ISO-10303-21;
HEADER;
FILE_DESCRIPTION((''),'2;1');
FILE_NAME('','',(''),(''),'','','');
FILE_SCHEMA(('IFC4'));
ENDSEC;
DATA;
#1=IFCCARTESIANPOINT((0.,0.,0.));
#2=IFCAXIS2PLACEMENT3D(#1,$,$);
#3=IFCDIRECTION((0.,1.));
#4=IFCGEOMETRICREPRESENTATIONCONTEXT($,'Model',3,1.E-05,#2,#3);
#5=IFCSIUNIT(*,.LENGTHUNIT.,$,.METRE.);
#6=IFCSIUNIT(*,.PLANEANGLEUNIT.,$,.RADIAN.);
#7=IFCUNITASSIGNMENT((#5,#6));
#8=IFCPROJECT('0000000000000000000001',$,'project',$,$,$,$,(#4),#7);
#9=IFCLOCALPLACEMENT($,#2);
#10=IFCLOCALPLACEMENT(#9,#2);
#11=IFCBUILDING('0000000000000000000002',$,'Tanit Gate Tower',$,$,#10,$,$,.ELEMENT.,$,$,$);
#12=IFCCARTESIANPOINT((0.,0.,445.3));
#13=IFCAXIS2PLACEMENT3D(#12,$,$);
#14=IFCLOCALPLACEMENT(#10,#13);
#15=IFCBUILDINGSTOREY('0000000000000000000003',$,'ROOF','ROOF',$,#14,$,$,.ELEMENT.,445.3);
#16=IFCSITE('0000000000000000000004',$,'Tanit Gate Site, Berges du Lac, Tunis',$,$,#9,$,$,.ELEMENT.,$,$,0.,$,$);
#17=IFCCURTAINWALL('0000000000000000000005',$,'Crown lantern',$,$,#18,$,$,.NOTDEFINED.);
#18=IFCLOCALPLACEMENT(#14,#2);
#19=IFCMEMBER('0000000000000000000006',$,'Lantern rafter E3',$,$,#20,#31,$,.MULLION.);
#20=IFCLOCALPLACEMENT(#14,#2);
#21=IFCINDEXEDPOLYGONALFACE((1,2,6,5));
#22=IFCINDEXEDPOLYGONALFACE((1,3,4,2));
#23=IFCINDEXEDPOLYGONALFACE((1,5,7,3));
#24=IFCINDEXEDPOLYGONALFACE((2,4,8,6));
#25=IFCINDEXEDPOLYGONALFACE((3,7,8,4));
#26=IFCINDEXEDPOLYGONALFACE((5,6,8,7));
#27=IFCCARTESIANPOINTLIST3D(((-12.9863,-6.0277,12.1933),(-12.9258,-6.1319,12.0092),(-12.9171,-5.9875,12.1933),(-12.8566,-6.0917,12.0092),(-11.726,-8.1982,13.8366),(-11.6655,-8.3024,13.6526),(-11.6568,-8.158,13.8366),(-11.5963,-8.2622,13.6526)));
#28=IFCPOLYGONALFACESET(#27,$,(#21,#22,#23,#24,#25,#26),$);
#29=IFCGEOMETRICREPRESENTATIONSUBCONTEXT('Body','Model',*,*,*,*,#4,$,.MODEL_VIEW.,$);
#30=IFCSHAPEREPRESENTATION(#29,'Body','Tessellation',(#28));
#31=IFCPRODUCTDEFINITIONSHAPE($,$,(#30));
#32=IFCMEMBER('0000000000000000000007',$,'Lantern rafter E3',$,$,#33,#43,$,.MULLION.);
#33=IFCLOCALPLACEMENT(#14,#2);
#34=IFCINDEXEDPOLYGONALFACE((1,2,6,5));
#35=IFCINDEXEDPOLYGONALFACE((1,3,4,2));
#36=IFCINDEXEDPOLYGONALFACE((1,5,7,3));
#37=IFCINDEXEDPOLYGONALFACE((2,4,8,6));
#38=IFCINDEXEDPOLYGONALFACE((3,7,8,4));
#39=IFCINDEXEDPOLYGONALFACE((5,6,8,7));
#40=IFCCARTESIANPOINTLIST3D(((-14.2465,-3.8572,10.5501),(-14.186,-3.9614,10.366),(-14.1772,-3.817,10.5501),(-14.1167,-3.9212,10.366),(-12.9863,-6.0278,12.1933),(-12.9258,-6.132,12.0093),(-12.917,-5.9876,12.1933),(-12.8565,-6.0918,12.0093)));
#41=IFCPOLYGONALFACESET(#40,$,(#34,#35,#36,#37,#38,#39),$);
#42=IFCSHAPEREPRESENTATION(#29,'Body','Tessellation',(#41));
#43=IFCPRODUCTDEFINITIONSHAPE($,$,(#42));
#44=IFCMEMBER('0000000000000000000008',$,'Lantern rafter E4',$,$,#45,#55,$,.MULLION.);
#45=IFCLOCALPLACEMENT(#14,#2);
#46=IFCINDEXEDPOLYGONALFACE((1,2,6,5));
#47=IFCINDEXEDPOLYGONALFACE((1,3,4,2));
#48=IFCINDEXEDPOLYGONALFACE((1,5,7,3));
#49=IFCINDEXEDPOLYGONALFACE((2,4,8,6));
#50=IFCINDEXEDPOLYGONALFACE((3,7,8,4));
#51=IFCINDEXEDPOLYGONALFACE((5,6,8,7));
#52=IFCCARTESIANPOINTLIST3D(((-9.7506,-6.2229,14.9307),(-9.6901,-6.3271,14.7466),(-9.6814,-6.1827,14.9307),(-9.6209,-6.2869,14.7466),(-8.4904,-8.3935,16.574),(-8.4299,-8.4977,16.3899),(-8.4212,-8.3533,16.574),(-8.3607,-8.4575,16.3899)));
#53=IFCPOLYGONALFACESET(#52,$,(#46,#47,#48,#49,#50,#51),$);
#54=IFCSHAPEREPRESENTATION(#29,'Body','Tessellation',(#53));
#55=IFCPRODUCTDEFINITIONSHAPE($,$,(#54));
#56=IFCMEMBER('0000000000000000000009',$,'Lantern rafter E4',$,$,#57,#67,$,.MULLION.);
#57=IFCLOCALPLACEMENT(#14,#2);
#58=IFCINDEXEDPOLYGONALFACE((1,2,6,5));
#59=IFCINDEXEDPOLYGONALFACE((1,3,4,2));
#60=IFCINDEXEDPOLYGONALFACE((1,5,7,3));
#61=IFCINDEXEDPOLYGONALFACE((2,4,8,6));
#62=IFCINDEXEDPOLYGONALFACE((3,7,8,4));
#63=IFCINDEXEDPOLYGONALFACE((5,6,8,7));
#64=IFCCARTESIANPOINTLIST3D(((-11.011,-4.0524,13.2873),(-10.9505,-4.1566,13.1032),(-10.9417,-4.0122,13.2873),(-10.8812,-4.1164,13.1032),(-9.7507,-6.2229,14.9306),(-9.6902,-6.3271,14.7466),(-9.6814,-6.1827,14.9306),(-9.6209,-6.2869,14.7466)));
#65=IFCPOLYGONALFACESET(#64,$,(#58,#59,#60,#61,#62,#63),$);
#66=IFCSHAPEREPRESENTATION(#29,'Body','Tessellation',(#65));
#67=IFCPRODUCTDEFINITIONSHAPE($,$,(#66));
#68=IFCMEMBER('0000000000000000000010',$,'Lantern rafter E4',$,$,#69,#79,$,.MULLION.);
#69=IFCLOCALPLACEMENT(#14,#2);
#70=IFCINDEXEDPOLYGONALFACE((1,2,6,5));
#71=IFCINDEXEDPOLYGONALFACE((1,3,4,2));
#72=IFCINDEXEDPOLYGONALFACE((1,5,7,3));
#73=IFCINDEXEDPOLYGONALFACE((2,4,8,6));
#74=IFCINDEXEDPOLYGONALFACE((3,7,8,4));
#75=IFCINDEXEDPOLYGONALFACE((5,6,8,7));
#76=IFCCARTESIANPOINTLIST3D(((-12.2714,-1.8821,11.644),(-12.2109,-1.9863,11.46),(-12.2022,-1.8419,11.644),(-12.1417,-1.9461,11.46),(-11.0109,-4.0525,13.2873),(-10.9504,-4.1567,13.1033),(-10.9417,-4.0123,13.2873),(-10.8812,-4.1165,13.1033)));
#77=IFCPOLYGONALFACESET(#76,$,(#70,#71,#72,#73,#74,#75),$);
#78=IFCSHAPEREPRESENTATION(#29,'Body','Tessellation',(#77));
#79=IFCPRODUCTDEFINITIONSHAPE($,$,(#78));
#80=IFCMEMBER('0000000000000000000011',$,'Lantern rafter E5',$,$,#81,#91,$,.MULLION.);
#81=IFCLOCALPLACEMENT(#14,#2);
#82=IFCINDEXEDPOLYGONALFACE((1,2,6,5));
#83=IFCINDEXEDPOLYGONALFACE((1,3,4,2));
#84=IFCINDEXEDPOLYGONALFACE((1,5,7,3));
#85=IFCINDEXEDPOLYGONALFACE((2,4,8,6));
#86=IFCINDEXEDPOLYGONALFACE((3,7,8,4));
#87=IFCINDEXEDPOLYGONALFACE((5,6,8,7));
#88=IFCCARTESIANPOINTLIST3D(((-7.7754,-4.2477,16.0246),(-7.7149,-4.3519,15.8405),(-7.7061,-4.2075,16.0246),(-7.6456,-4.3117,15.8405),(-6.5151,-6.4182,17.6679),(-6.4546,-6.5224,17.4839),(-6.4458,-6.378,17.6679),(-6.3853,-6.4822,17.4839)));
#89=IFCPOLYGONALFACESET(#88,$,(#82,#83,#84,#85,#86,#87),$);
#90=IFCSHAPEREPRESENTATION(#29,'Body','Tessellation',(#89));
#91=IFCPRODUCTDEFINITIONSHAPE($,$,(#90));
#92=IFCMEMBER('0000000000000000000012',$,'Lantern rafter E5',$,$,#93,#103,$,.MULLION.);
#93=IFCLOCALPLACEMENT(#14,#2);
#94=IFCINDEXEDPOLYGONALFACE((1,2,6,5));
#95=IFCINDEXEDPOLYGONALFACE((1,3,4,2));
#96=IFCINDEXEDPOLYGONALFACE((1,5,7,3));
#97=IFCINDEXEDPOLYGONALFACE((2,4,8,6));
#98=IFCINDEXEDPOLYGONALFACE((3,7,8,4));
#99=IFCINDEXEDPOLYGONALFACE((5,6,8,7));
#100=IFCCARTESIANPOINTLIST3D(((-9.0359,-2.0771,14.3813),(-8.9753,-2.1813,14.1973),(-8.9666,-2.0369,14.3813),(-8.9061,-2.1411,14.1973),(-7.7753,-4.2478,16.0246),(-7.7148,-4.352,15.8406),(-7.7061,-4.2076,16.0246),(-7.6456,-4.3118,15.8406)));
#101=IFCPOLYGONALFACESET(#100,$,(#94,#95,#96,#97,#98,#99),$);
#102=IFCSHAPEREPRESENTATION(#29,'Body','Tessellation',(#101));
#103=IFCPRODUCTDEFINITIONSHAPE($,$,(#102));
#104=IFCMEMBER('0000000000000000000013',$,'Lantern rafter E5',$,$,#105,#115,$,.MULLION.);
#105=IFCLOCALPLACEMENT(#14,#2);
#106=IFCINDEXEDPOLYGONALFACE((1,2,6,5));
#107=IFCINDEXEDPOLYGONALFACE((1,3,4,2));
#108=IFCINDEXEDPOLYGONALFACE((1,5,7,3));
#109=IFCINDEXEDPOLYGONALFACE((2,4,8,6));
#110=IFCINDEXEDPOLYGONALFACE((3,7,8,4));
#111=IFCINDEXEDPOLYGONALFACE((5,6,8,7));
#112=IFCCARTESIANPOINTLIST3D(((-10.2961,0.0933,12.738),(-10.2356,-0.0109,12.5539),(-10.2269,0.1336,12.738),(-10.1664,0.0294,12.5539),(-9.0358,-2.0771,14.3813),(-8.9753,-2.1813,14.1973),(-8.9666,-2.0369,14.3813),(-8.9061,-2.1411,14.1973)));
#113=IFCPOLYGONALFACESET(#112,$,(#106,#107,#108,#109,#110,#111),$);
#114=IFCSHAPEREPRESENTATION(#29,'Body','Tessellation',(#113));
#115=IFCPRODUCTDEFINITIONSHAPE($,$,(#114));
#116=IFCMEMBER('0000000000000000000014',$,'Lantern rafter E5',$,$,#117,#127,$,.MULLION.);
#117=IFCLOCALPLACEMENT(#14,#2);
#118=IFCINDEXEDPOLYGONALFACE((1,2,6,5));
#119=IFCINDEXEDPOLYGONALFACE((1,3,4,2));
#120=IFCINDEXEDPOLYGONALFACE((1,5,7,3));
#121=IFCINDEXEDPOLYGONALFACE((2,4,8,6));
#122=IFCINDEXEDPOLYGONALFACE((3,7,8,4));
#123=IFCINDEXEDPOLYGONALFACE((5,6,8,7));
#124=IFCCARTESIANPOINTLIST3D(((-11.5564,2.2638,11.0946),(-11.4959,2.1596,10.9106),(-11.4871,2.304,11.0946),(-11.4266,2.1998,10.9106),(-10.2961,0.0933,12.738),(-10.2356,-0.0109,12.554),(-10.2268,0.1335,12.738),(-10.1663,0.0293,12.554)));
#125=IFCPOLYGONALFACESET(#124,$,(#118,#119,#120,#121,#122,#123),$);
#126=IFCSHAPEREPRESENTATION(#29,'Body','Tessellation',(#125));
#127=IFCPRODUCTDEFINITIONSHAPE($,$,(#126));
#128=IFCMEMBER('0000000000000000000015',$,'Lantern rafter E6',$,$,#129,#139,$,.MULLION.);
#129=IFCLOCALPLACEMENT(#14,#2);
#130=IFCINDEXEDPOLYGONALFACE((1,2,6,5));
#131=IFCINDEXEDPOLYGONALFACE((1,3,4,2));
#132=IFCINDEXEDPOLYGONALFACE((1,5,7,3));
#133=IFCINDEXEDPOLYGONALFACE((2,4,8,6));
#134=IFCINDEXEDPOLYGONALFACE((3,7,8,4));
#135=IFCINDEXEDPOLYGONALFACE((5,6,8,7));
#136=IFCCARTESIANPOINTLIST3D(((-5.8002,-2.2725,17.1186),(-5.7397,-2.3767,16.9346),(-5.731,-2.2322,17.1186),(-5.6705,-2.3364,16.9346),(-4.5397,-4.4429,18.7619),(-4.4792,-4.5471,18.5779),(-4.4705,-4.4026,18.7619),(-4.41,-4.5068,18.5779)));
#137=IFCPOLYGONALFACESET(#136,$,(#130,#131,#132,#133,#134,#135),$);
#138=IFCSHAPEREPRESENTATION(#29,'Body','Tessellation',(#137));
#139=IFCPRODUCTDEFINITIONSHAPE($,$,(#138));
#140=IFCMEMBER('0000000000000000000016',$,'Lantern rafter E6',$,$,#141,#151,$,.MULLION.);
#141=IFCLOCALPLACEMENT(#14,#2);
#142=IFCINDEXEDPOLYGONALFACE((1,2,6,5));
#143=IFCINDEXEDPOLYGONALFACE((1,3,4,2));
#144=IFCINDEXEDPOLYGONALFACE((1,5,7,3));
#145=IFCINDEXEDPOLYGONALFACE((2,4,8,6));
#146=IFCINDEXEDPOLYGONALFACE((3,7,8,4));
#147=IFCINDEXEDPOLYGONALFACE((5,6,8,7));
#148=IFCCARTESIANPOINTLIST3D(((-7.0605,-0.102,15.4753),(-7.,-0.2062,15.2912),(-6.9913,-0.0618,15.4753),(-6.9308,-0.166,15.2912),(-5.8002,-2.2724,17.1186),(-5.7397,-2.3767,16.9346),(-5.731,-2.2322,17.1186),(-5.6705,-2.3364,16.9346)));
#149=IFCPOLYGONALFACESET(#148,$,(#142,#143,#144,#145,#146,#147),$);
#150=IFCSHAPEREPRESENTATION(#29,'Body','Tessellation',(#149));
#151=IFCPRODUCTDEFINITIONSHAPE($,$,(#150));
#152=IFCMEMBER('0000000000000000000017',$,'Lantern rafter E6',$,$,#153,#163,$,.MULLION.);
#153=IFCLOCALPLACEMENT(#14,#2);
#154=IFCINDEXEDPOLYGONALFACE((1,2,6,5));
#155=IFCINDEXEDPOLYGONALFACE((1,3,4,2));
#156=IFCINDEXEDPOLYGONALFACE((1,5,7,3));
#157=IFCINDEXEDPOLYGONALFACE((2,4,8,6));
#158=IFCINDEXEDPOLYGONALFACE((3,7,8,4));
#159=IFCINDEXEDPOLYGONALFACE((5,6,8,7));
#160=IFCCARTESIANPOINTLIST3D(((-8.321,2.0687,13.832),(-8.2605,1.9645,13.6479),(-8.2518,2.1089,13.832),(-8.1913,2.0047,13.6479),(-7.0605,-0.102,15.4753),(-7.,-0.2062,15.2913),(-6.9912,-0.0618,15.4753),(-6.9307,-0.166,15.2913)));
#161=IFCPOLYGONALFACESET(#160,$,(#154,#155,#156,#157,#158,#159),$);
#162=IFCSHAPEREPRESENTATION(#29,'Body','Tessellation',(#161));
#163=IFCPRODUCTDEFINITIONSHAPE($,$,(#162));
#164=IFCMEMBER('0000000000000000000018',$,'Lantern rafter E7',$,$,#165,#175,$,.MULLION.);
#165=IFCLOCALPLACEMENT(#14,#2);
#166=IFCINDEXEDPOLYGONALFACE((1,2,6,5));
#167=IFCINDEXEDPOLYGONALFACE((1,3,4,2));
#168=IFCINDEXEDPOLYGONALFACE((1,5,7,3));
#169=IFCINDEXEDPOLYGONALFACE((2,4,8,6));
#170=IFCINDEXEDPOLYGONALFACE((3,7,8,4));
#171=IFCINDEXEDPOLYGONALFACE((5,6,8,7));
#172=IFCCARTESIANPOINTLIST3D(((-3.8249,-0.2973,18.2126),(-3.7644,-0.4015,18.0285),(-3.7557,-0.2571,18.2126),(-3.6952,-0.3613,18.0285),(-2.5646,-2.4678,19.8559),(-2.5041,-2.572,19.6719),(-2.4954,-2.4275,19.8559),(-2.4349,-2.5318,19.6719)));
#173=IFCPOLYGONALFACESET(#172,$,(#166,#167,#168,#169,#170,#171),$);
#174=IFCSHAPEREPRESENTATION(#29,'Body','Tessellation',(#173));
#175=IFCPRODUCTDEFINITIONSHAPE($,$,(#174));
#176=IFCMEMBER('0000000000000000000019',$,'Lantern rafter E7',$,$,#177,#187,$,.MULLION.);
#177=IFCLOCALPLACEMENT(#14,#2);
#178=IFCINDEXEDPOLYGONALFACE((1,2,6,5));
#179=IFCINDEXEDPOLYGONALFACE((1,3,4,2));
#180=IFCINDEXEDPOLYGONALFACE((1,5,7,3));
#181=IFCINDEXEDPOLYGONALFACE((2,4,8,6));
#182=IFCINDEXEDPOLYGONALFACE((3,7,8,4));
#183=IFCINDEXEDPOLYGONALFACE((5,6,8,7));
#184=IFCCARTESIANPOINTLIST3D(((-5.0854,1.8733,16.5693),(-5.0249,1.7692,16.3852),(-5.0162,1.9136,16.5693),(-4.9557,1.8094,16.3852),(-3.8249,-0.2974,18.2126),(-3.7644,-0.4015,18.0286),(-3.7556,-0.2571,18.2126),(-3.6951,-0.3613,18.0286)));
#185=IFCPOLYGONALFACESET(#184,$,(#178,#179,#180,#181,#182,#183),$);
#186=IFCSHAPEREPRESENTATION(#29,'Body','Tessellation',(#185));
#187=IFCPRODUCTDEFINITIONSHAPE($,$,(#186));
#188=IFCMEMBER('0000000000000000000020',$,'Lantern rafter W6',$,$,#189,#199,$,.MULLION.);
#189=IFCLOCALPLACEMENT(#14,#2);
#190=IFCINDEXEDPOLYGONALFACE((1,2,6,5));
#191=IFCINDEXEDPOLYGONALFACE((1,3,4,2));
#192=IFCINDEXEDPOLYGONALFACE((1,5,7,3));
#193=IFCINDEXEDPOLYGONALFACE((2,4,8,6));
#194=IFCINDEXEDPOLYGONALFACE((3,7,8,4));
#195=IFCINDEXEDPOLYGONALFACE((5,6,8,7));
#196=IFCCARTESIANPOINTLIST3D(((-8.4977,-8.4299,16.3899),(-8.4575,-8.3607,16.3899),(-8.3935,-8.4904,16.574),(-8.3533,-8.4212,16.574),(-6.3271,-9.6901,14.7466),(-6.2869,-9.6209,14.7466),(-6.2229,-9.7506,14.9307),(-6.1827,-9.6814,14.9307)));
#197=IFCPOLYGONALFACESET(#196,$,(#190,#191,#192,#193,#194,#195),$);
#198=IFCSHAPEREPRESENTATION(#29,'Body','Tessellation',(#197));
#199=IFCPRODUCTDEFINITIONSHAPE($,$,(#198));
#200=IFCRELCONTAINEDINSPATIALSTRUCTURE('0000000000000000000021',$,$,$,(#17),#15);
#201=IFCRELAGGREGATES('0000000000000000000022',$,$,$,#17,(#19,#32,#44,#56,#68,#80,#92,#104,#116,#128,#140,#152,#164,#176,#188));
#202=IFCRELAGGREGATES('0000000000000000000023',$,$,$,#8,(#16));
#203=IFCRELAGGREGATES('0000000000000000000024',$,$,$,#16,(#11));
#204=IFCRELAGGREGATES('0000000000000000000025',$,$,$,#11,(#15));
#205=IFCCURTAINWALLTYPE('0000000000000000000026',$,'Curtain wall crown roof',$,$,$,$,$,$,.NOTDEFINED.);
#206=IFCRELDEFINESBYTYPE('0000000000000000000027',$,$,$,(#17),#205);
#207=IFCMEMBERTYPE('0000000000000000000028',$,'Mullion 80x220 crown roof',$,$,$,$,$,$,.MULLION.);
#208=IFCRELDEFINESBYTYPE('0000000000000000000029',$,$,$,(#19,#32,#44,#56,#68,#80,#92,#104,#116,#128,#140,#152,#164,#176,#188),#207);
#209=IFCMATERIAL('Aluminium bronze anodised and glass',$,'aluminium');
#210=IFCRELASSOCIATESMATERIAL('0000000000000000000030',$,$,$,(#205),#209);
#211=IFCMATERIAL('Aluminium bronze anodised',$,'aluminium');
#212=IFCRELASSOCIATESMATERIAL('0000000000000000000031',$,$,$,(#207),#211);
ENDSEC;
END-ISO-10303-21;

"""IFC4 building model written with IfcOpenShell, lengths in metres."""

from ifc_helpers import new_model, si_unit, direction, frame, origin, origin_2d, place, context, subcontext, project, spatial, rectangle, extrude, material, material_profile, profile_set, type_object, element, aggregate, save


model = new_model("IFC4")

# Units and contexts
model_context = context("Model", 3, precision=1e-05, world=origin(), true_north=direction((0.0, 1.0)))
body_context = subcontext(model_context, "Body", "Model", "MODEL_VIEW")
ifc_project = project(units=[si_unit("LENGTHUNIT", "METRE"), si_unit("PLANEANGLEUNIT", "RADIAN")], contexts=[model_context])

# Site, building, storey
site_placement = place(None, origin())
site = spatial("IfcSite", under=ifc_project, at=site_placement, Name="Tanit Gate Site, Berges du Lac, Tunis", CompositionType="ELEMENT", RefElevation=0.0)
building_placement = place(site_placement, origin())
building = spatial("IfcBuilding", under=site, at=building_placement, Name="Tanit Gate Tower", CompositionType="ELEMENT")
storey_placement = place(building_placement, frame((0.0, 0.0, 445.3)))
storey = spatial("IfcBuildingStorey", under=building, at=storey_placement, Name="ROOF", Description="ROOF", CompositionType="ELEMENT", Elevation=445.3)

# Curtain wall, members
ifc_material_1 = material(Name="Aluminium bronze anodised and glass", Category="aluminium")
curtain_wall_type = type_object("IfcCurtainWallType", Name="Curtain wall crown roof", PredefinedType="NOTDEFINED", material=ifc_material_1)
curtain_wall_placement = place(storey_placement, origin())
curtain_wall = element("IfcCurtainWall", 1, at=curtain_wall_placement, inside=storey, type_object=curtain_wall_type, Name="Crown lantern", PredefinedType="NOTDEFINED")
ifc_material_2 = material(Name="Aluminium bronze anodised", Category="aluminium")
ifc_material_profile = material_profile(ifc_material_2, rectangle(XDim=0.0801, YDim=0.22, at=origin_2d()), Name="80x220 bronze rafter")
ifc_profile_set = profile_set([ifc_material_profile], Name="Aluminium bronze anodised")
member_type = type_object("IfcMemberType", Name="Mullion 80x220 crown roof", PredefinedType="MULLION", material=ifc_profile_set)
member_1_placement = place(storey_placement, frame((-11.6611, -8.2302, 13.7446), z_axis=(-0.420099, 0.723495, -0.547789), x_axis=(-0.864786, -0.50214, 0.0)))
member_1 = element("IfcMember", 2, at=member_1_placement, type_object=member_type, Name="Lantern rafter E3", PredefinedType="MULLION", context=body_context, shape_type="SweptSolid", body=[
    extrude(rectangle(XDim=0.0801, YDim=0.22, at=origin_2d()), origin(), (0.0, 0.0, 1.0), 3.0),
])
member_2_placement = place(storey_placement, frame((-12.9214, -6.0598, 12.1013), z_axis=(-0.420074, 0.723533, -0.547757), x_axis=(-0.864811, -0.502098, 0.0)))
member_2 = element("IfcMember", 3, at=member_2_placement, type_object=member_type, Name="Lantern rafter E3", PredefinedType="MULLION", context=body_context, shape_type="SweptSolid", body=[
    extrude(rectangle(XDim=0.0801, YDim=0.22, at=origin_2d()), origin(), (0.0, 0.0, 1.0), 3.0),
])
member_3_placement = place(storey_placement, frame((-8.4255, -8.4255, 16.4819), z_axis=(-0.420074, 0.723533, -0.547757), x_axis=(-0.864811, -0.502098, 0.0)))
member_3 = element("IfcMember", 4, at=member_3_placement, type_object=member_type, Name="Lantern rafter E4", PredefinedType="MULLION", context=body_context, shape_type="SweptSolid", body=[
    extrude(rectangle(XDim=0.0801, YDim=0.22, at=origin_2d()), origin(), (0.0, 0.0, 1.0), 3.0),
])
member_4_placement = place(storey_placement, frame((-9.6858, -6.2549, 14.8386), z_axis=(-0.420099, 0.723495, -0.547789), x_axis=(-0.864786, -0.50214, 0.0)))
member_4 = element("IfcMember", 5, at=member_4_placement, type_object=member_type, Name="Lantern rafter E4", PredefinedType="MULLION", context=body_context, shape_type="SweptSolid", body=[
    extrude(rectangle(XDim=0.0801, YDim=0.22, at=origin_2d()), origin(), (0.0, 0.0, 1.0), 3.0),
])
member_5_placement = place(storey_placement, frame((-10.946, -4.0845, 13.1953), z_axis=(-0.420166, 0.72347, -0.54777), x_axis=(-0.864744, -0.502213, 0.0)))
member_5 = element("IfcMember", 6, at=member_5_placement, type_object=member_type, Name="Lantern rafter E4", PredefinedType="MULLION", context=body_context, shape_type="SweptSolid", body=[
    extrude(rectangle(XDim=0.0801, YDim=0.22, at=origin_2d()), origin(), (0.0, 0.0, 1.0), 3.0),
])
member_6_placement = place(storey_placement, frame((-6.4502, -6.4502, 17.5759), z_axis=(-0.420099, 0.723495, -0.547789), x_axis=(-0.864786, -0.50214, 0.0)))
member_6 = element("IfcMember", 7, at=member_6_placement, type_object=member_type, Name="Lantern rafter E5", PredefinedType="MULLION", context=body_context, shape_type="SweptSolid", body=[
    extrude(rectangle(XDim=0.0801, YDim=0.22, at=origin_2d()), origin(), (0.0, 0.0, 1.0), 3.0),
])
member_7_placement = place(storey_placement, frame((-7.7104, -4.2798, 15.9326), z_axis=(-0.420141, 0.723509, -0.547738), x_axis=(-0.864769, -0.502171, 0.0)))
member_7 = element("IfcMember", 8, at=member_7_placement, type_object=member_type, Name="Lantern rafter E5", PredefinedType="MULLION", context=body_context, shape_type="SweptSolid", body=[
    extrude(rectangle(XDim=0.0801, YDim=0.22, at=origin_2d()), origin(), (0.0, 0.0, 1.0), 3.0002),
])
member_8_placement = place(storey_placement, frame((-8.9709, -2.1091, 14.2893), z_axis=(-0.420099, 0.723495, -0.547789), x_axis=(-0.864786, -0.50214, 0.0)))
member_8 = element("IfcMember", 9, at=member_8_placement, type_object=member_type, Name="Lantern rafter E5", PredefinedType="MULLION", context=body_context, shape_type="SweptSolid", body=[
    extrude(rectangle(XDim=0.0801, YDim=0.22, at=origin_2d()), origin(), (0.0, 0.0, 1.0), 3.0),
])
member_9_placement = place(storey_placement, frame((-10.2312, 0.0613, 12.646), z_axis=(-0.420099, 0.723495, -0.547789), x_axis=(-0.864786, -0.50214, 0.0)))
member_9 = element("IfcMember", 10, at=member_9_placement, type_object=member_type, Name="Lantern rafter E5", PredefinedType="MULLION", context=body_context, shape_type="SweptSolid", body=[
    extrude(rectangle(XDim=0.0801, YDim=0.22, at=origin_2d()), origin(), (0.0, 0.0, 1.0), 3.0),
])
member_10_placement = place(storey_placement, frame((-4.4749, -4.4749, 18.6699), z_axis=(-0.420166, 0.72347, -0.54777), x_axis=(-0.864744, -0.502213, 0.0)))
member_10 = element("IfcMember", 11, at=member_10_placement, type_object=member_type, Name="Lantern rafter E6", PredefinedType="MULLION", context=body_context, shape_type="SweptSolid", body=[
    extrude(rectangle(XDim=0.0801, YDim=0.22, at=origin_2d()), origin(), (0.0, 0.0, 1.0), 3.0),
])
member_11_placement = place(storey_placement, frame((-5.7354, -2.3044, 17.0266), z_axis=(-0.420099, 0.723495, -0.547789), x_axis=(-0.864786, -0.50214, 0.0)))
member_11 = element("IfcMember", 12, at=member_11_placement, type_object=member_type, Name="Lantern rafter E6", PredefinedType="MULLION", context=body_context, shape_type="SweptSolid", body=[
    extrude(rectangle(XDim=0.0801, YDim=0.22, at=origin_2d()), origin(), (0.0, 0.0, 1.0), 3.0),
])
member_12_placement = place(storey_placement, frame((-6.9956, -0.134, 15.3833), z_axis=(-0.420141, 0.723509, -0.547738), x_axis=(-0.864769, -0.502171, 0.0)))
member_12 = element("IfcMember", 13, at=member_12_placement, type_object=member_type, Name="Lantern rafter E6", PredefinedType="MULLION", context=body_context, shape_type="SweptSolid", body=[
    extrude(rectangle(XDim=0.0801, YDim=0.22, at=origin_2d()), origin(), (0.0, 0.0, 1.0), 3.0002),
])
member_13_placement = place(storey_placement, frame((-2.4998, -2.4998, 19.7639), z_axis=(-0.420099, 0.723495, -0.547789), x_axis=(-0.864786, -0.50214, 0.0)))
member_13 = element("IfcMember", 14, at=member_13_placement, type_object=member_type, Name="Lantern rafter E7", PredefinedType="MULLION", context=body_context, shape_type="SweptSolid", body=[
    extrude(rectangle(XDim=0.0801, YDim=0.22, at=origin_2d()), origin(), (0.0, 0.0, 1.0), 3.0),
])
member_14_placement = place(storey_placement, frame((-3.76, -0.3293, 18.1206), z_axis=(-0.420141, 0.723509, -0.547738), x_axis=(-0.864769, -0.502171, 0.0)))
member_14 = element("IfcMember", 15, at=member_14_placement, type_object=member_type, Name="Lantern rafter E7", PredefinedType="MULLION", context=body_context, shape_type="SweptSolid", body=[
    extrude(rectangle(XDim=0.0801, YDim=0.22, at=origin_2d()), origin(), (0.0, 0.0, 1.0), 3.0002),
])
member_15_placement = place(storey_placement, frame((-8.4255, -8.4255, 16.4819), z_axis=(0.723533, -0.420074, -0.547757), x_axis=(0.502098, 0.864811, 0.0)))
member_15 = element("IfcMember", 16, at=member_15_placement, type_object=member_type, Name="Lantern rafter W6", PredefinedType="MULLION", context=body_context, shape_type="SweptSolid", body=[
    extrude(rectangle(XDim=0.0801, YDim=0.22, at=origin_2d()), origin(), (0.0, 0.0, 1.0), 3.0),
])
aggregate(curtain_wall, [member_1, member_2, member_3, member_4, member_5, member_6, member_7, member_8, member_9, member_10, member_11, member_12, member_13, member_14, member_15])

save(model, "model.ifc")
